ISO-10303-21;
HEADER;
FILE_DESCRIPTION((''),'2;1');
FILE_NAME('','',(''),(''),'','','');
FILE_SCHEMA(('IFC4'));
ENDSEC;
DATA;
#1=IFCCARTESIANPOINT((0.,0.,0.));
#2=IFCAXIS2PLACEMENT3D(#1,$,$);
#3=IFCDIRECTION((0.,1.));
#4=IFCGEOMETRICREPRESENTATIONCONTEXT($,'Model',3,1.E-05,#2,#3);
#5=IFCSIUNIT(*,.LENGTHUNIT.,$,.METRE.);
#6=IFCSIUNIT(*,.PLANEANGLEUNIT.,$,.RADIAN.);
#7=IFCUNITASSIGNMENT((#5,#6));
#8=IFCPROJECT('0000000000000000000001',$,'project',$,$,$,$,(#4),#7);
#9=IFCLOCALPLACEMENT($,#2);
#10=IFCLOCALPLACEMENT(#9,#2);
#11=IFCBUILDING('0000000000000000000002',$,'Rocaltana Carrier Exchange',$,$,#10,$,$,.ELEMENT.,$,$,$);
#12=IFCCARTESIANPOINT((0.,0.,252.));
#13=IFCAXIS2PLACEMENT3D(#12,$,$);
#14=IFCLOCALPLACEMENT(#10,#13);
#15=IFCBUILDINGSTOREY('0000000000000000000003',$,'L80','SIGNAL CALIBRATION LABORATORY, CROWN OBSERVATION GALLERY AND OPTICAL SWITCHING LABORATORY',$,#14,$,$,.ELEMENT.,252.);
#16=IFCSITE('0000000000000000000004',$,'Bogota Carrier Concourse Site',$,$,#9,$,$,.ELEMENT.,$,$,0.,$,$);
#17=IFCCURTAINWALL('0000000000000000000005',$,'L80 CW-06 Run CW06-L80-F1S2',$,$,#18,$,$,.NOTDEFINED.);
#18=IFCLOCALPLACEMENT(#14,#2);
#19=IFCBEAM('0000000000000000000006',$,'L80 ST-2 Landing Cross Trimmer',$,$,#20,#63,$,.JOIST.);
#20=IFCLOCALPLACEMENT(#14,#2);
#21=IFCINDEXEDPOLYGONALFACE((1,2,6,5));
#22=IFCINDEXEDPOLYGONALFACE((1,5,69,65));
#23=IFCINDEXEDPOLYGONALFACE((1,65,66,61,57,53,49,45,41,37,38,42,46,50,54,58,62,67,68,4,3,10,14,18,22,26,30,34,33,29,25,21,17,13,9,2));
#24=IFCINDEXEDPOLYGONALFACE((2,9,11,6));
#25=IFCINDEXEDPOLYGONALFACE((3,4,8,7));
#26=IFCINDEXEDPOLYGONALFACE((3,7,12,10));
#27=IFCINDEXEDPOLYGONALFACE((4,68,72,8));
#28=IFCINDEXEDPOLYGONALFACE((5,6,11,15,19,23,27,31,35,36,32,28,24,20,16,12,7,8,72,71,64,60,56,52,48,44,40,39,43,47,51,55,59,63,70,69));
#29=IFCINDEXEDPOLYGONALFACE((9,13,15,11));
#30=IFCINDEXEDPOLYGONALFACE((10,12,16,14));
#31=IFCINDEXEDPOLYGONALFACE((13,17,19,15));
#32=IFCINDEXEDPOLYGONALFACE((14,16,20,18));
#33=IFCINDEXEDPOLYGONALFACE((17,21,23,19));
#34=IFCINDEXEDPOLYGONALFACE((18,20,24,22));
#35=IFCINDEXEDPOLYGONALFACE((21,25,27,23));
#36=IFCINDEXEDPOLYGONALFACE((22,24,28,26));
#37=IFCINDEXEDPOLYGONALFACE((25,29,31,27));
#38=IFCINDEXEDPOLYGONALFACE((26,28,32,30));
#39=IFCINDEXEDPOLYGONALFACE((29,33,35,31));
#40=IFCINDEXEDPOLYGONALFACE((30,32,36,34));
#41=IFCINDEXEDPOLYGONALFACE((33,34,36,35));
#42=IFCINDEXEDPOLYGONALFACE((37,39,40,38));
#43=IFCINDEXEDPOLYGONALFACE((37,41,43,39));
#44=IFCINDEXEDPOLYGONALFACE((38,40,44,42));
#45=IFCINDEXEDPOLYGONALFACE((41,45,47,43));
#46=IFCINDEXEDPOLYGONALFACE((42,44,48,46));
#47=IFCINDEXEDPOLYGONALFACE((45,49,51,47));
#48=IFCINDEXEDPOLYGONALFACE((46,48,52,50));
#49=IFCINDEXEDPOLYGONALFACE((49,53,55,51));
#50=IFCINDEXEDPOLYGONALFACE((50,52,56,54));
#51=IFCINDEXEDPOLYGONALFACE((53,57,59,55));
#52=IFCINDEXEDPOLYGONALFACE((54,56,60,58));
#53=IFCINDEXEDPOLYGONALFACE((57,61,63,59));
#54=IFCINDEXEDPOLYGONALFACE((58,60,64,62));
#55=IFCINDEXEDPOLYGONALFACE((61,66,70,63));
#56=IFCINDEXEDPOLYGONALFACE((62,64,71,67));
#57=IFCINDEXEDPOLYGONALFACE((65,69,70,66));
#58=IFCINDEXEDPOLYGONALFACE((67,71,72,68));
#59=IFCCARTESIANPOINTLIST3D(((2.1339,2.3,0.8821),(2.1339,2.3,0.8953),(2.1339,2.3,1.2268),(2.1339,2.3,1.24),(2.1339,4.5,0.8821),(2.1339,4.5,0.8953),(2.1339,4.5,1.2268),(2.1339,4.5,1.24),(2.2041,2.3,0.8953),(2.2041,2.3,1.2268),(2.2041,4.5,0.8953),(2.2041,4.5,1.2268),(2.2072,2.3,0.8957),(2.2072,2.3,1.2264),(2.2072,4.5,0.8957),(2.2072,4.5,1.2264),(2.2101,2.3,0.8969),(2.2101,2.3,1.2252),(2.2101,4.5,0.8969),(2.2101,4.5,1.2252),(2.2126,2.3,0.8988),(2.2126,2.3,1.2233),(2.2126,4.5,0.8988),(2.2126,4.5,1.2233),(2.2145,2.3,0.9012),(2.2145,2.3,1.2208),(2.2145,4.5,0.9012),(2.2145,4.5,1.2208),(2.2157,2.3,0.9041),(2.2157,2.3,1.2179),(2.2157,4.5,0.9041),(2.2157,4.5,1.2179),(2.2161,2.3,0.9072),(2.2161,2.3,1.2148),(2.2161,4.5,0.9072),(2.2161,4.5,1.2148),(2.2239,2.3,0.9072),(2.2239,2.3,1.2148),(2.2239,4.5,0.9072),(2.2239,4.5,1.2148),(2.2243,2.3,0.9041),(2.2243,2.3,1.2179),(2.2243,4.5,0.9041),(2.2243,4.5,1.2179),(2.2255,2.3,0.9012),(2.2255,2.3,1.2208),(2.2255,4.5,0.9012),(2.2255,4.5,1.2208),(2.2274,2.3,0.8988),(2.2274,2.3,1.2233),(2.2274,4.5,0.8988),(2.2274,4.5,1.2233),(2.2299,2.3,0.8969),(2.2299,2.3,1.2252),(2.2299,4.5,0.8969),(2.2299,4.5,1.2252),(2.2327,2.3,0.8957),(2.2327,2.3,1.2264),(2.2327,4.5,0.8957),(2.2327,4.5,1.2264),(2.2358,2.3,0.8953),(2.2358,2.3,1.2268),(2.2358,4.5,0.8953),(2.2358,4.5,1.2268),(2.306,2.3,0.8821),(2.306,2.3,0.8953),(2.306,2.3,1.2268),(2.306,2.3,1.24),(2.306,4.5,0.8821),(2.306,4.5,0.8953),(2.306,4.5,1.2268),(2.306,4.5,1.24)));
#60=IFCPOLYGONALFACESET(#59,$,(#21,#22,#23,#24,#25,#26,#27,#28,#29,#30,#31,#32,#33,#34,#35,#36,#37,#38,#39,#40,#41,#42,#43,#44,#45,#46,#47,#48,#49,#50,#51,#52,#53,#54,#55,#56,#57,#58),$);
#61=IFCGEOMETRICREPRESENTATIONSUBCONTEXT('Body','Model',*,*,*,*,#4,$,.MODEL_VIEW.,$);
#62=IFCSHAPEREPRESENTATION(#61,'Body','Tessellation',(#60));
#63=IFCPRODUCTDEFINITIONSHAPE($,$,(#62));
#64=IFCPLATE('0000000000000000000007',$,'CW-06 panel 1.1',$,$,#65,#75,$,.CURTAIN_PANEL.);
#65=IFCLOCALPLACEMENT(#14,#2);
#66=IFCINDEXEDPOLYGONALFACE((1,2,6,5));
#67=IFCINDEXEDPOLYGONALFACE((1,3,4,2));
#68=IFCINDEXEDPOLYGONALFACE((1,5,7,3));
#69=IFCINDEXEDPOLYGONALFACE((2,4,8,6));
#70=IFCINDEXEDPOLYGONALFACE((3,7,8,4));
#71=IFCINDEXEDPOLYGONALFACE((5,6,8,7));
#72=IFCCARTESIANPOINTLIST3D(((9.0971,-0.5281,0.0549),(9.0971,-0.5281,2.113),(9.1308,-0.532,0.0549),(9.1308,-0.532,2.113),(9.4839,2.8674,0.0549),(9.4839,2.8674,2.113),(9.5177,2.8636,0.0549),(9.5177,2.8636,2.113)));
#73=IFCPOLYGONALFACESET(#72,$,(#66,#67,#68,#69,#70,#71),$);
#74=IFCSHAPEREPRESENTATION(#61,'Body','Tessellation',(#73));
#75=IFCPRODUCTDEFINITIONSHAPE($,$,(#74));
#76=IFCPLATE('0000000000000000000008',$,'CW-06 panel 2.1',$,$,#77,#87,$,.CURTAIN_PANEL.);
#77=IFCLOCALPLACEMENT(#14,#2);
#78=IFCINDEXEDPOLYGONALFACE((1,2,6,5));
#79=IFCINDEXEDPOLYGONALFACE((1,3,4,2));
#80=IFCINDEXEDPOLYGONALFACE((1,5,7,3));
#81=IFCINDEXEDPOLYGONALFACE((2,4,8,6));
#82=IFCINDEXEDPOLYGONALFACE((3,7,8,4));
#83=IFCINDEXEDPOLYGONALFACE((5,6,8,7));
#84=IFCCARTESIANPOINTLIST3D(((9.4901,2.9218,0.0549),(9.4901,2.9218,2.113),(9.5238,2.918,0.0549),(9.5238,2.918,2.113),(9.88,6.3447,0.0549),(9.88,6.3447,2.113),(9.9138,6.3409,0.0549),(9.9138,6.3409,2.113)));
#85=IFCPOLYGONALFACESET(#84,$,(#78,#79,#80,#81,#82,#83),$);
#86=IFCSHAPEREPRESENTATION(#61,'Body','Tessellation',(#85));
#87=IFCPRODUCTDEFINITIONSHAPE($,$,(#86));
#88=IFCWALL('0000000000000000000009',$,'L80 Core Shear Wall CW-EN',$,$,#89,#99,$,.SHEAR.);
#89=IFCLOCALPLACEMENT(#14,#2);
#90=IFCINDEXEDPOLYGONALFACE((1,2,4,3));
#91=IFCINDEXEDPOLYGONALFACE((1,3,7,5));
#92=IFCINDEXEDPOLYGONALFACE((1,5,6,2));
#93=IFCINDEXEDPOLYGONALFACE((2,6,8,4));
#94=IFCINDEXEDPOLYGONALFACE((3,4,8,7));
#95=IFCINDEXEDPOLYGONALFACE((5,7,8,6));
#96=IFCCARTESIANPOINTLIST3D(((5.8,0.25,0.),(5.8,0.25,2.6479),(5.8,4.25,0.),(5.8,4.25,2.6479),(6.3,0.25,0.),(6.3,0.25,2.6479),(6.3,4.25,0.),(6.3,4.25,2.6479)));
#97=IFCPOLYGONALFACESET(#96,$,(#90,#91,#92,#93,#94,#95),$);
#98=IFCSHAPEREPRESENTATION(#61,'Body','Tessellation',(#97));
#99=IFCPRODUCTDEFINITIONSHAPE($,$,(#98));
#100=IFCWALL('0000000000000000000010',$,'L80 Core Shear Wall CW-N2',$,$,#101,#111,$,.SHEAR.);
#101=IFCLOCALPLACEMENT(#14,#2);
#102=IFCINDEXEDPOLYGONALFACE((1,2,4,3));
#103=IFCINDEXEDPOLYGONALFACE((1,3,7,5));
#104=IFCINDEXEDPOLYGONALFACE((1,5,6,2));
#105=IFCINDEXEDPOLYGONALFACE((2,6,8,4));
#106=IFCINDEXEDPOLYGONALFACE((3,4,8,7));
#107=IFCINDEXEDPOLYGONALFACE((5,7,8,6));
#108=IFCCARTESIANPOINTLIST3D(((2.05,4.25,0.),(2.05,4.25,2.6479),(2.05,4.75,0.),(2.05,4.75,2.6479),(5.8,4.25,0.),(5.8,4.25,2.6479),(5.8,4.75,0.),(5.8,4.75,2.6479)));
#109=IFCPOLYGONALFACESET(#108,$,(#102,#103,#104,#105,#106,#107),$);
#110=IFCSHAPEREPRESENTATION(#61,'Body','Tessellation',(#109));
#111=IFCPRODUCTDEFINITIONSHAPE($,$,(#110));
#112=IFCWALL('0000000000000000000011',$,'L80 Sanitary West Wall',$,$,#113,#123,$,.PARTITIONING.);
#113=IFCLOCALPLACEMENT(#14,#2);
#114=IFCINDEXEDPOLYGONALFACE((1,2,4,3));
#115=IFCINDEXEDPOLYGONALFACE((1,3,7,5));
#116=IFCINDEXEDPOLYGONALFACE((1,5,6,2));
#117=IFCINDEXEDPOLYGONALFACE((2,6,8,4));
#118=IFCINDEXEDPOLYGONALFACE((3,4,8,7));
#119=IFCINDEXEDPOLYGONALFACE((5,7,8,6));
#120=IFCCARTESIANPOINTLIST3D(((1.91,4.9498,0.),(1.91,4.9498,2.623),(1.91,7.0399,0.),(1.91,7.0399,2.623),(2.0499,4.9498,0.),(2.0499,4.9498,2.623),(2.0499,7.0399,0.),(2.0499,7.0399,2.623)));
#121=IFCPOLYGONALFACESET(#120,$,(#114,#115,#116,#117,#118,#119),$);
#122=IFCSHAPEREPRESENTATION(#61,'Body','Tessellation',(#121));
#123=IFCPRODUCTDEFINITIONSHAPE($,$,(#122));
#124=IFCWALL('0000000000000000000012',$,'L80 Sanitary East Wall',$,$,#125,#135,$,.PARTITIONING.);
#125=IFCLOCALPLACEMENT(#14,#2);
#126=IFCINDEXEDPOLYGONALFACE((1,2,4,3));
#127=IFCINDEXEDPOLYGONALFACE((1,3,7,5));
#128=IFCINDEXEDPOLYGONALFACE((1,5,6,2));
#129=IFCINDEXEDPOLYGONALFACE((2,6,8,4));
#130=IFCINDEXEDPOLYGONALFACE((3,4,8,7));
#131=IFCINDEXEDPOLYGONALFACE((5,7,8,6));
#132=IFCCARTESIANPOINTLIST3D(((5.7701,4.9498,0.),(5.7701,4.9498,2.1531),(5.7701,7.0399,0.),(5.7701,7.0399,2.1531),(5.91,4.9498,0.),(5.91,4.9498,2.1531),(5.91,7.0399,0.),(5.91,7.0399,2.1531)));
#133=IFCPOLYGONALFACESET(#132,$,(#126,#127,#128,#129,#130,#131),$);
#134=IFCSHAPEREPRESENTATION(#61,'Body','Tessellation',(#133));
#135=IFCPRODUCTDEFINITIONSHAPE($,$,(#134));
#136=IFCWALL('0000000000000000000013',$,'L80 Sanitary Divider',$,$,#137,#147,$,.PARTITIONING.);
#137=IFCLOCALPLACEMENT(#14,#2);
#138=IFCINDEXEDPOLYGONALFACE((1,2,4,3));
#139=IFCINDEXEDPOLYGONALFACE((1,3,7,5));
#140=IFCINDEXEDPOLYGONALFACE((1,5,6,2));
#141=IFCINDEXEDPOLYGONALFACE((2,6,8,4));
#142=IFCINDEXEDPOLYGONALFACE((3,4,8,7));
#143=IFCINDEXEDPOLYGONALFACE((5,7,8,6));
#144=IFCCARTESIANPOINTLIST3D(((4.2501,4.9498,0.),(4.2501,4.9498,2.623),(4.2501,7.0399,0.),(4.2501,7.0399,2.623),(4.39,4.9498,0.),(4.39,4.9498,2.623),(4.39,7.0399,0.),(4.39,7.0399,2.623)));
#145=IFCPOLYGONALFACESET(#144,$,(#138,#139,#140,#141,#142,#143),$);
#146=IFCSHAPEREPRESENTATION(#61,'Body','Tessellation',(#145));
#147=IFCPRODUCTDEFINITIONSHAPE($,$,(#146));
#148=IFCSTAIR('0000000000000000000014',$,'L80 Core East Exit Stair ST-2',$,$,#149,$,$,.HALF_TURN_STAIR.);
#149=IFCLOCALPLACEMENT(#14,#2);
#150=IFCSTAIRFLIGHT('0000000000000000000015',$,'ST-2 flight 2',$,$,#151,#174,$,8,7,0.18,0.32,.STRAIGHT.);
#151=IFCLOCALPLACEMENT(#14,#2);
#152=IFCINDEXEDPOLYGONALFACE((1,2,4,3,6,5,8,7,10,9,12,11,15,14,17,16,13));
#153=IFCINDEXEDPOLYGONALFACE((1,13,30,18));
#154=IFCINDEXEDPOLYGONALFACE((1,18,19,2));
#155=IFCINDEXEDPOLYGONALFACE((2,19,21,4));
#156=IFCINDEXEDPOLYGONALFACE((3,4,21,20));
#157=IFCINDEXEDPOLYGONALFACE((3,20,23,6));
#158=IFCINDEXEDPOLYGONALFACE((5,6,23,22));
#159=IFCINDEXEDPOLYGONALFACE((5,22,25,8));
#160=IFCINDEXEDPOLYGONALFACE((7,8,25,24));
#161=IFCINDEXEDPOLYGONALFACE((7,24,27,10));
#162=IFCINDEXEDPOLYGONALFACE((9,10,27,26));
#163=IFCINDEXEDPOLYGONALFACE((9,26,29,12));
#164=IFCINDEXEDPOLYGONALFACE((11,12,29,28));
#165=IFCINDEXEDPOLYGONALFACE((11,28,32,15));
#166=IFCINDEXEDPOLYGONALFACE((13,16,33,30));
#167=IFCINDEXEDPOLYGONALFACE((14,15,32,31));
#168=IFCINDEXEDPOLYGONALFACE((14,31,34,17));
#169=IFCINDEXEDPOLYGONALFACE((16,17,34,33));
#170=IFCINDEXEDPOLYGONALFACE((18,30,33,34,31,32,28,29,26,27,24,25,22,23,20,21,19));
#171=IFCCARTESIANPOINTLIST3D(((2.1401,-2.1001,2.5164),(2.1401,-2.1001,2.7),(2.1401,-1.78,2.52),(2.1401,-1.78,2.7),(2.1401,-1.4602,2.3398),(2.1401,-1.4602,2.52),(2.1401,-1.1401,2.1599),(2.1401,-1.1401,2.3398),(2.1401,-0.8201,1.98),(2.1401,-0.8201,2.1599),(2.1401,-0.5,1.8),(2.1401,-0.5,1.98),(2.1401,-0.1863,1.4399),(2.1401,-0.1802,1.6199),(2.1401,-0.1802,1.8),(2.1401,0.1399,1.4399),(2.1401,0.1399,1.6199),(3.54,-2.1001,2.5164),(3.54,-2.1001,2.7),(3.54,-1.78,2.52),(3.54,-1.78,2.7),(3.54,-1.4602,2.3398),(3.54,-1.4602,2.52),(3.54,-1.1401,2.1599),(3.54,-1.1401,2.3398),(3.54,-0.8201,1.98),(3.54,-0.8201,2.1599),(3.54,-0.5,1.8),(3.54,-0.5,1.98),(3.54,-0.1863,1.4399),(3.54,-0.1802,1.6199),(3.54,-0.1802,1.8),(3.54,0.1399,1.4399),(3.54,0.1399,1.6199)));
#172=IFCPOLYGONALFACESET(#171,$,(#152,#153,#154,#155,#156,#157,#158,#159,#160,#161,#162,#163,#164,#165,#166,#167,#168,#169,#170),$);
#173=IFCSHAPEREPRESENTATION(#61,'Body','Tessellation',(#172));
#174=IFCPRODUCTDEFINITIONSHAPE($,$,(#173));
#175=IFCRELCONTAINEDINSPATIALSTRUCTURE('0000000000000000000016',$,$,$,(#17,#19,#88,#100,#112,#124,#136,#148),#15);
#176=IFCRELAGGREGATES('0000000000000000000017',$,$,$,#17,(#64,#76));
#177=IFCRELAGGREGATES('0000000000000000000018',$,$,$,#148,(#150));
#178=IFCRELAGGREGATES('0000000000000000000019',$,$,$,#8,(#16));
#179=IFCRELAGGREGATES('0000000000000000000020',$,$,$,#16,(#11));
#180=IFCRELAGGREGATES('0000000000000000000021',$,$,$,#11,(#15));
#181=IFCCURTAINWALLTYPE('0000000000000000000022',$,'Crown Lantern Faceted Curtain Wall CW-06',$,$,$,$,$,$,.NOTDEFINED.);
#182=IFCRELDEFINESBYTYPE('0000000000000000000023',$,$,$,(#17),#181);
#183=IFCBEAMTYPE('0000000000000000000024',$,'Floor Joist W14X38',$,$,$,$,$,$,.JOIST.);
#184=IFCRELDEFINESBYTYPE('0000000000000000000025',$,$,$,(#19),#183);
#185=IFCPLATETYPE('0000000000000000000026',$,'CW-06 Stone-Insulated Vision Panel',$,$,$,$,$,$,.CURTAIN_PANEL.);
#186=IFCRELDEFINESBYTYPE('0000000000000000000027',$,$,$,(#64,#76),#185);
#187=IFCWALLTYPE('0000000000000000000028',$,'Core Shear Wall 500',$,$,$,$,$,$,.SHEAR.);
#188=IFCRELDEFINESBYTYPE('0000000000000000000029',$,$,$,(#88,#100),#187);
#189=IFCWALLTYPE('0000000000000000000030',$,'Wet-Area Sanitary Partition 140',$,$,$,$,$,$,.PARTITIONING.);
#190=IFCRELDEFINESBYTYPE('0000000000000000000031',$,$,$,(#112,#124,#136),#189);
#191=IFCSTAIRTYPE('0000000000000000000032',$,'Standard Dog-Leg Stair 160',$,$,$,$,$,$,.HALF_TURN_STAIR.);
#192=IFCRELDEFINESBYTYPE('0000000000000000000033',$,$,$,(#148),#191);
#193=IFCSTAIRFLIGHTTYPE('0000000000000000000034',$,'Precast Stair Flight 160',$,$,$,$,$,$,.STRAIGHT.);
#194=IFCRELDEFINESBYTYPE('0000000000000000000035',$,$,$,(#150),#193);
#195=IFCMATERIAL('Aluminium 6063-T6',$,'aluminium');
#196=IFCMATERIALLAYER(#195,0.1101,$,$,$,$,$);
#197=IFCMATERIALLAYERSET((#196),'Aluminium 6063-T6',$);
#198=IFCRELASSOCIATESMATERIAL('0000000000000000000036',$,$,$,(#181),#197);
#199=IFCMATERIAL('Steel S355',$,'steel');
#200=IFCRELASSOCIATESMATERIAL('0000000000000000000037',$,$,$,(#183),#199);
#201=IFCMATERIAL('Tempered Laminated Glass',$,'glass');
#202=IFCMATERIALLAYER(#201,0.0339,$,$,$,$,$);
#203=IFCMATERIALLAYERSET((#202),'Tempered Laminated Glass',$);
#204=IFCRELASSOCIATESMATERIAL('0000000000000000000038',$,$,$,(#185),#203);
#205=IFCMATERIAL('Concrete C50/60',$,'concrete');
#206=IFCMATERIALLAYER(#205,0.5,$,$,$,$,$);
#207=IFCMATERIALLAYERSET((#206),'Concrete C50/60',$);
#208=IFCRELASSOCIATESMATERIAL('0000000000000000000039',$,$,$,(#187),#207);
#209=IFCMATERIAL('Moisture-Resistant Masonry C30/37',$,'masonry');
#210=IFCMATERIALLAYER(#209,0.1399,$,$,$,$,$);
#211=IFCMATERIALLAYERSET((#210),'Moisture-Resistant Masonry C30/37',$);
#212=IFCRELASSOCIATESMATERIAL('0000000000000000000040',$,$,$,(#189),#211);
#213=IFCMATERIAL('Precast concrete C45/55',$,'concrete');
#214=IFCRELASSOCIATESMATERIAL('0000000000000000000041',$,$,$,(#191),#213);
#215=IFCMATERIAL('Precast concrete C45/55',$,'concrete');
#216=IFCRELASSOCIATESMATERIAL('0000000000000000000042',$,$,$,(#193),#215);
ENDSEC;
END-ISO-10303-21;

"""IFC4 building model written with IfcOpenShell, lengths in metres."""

from ifc_helpers import new_model, si_unit, direction, frame, frame_2d, origin, origin_2d, place, context, subcontext, project, spatial, polyline, rectangle, i_section, outline, extrude, material, layer, layer_set, material_profile, profile_set, type_object, element, aggregate, save


model = new_model("IFC4")

# Units and contexts
model_context = context("Model", 3, precision=1e-05, world=origin(), true_north=direction((0.0, 1.0)))
body_context = subcontext(model_context, "Body", "Model", "MODEL_VIEW")
ifc_project = project(units=[si_unit("LENGTHUNIT", "METRE"), si_unit("PLANEANGLEUNIT", "RADIAN")], contexts=[model_context])

# Site, building, storey
site_placement = place(None, origin())
site = spatial("IfcSite", under=ifc_project, at=site_placement, Name="Bogota Carrier Concourse Site", CompositionType="ELEMENT", RefElevation=0.0)
building_placement = place(site_placement, origin())
building = spatial("IfcBuilding", under=site, at=building_placement, Name="Rocaltana Carrier Exchange", CompositionType="ELEMENT")
storey_placement = place(building_placement, frame((0.0, 0.0, 252.0)))
storey = spatial("IfcBuildingStorey", under=building, at=storey_placement, Name="L80", Description="SIGNAL CALIBRATION LABORATORY, CROWN OBSERVATION GALLERY AND OPTICAL SWITCHING LABORATORY", CompositionType="ELEMENT", Elevation=252.0)

# Curtain wall
ifc_material_1 = material(Name="Aluminium 6063-T6", Category="aluminium")
ifc_layer_1 = layer(ifc_material_1, 0.1101)
ifc_layer_set_1 = layer_set([ifc_layer_1], Name="Aluminium 6063-T6")
curtain_wall_type = type_object("IfcCurtainWallType", Name="Crown Lantern Faceted Curtain Wall CW-06", PredefinedType="NOTDEFINED", material=ifc_layer_set_1)
curtain_wall_placement = place(storey_placement, origin())
curtain_wall = element("IfcCurtainWall", 1, at=curtain_wall_placement, inside=storey, type_object=curtain_wall_type, Name="L80 CW-06 Run CW06-L80-F1S2", PredefinedType="NOTDEFINED")

# Beam
ifc_material_2 = material(Name="Steel S355", Category="steel")
ifc_material_profile_1 = material_profile(ifc_material_2, i_section(OverallWidth=0.1721, OverallDepth=0.3579, WebThickness=0.0078, FlangeThickness=0.0132, FilletRadius=0.012, at=origin_2d()), Name="W14X38")
ifc_profile_set_1 = profile_set([ifc_material_profile_1], Name="Steel S355")
beam_type_1 = type_object("IfcBeamType", Name="Floor Joist W14X38", PredefinedType="JOIST", material=ifc_profile_set_1)
beam_1_placement = place(storey_placement, frame((2.22, 2.3, 1.061), z_axis=(0.0, 1.0, 0.0), x_axis=(-1.0, 0.0, 0.0)))
element("IfcBeam", 2, at=beam_1_placement, inside=storey, type_object=beam_type_1, Name="L80 ST-2 Landing Cross Trimmer", PredefinedType="JOIST", context=body_context, shape_type="SweptSolid", body=[
    extrude(i_section(OverallWidth=0.1721, OverallDepth=0.3579, WebThickness=0.0078, FlangeThickness=0.0132, FilletRadius=0.012, at=origin_2d()), origin(), (0.0, 0.0, 1.0), 2.2),
])

# Plates
ifc_material_3 = material(Name="Tempered Laminated Glass", Category="glass")
ifc_layer_2 = layer(ifc_material_3, 0.0339)
ifc_layer_set_2 = layer_set([ifc_layer_2], Name="Tempered Laminated Glass")
plate_type = type_object("IfcPlateType", Name="CW-06 Stone-Insulated Vision Panel", PredefinedType="CURTAIN_PANEL", material=ifc_layer_set_2)
plate_1_placement = place(storey_placement, frame((9.3074, 1.1677, 0.0549), z_axis=(0.0, 0.0, 1.0), x_axis=(0.1132, 0.993572, 0.0)))
plate_1 = element("IfcPlate", 3, at=plate_1_placement, type_object=plate_type, Name="CW-06 panel 1.1", PredefinedType="CURTAIN_PANEL", context=body_context, shape_type="SweptSolid", body=[
    extrude(rectangle(XDim=3.4175, YDim=0.0339, at=origin_2d()), origin(), (0.0, 0.0, 1.0), 2.0581),
])
plate_2_placement = place(storey_placement, frame((9.7019, 4.6313, 0.0549), z_axis=(0.0, 0.0, 1.0), x_axis=(0.1132, 0.993572, 0.0)))
plate_2 = element("IfcPlate", 4, at=plate_2_placement, type_object=plate_type, Name="CW-06 panel 2.1", PredefinedType="CURTAIN_PANEL", context=body_context, shape_type="SweptSolid", body=[
    extrude(rectangle(XDim=3.4451, YDim=0.0339, at=origin_2d()), origin(), (0.0, 0.0, 1.0), 2.0581),
])
aggregate(curtain_wall, [plate_1, plate_2])

# Walls
ifc_material_4 = material(Name="Concrete C50/60", Category="concrete")
ifc_layer_3 = layer(ifc_material_4, 0.5)
ifc_layer_set_3 = layer_set([ifc_layer_3], Name="Concrete C50/60")
wall_type_1 = type_object("IfcWallType", Name="Core Shear Wall 500", PredefinedType="SHEAR", material=ifc_layer_set_3)
wall_1_placement = place(storey_placement, frame((6.05, 0.25, 0.0), z_axis=(0.0, 0.0, 1.0), x_axis=(0.0, 1.0, 0.0)))
element("IfcWall", 5, at=wall_1_placement, inside=storey, type_object=wall_type_1, Name="L80 Core Shear Wall CW-EN", PredefinedType="SHEAR", context=body_context, shape_type="SweptSolid", body=[
    extrude(rectangle(XDim=4.0, YDim=0.5, at=frame_2d((2.0, 0.0))), origin(), (0.0, 0.0, 1.0), 2.6479),
])
wall_2_placement = place(storey_placement, frame((2.05, 4.5, 0.0), z_axis=(0.0, 0.0, 1.0), x_axis=(1.0, 0.0, 0.0)))
element("IfcWall", 6, at=wall_2_placement, inside=storey, type_object=wall_type_1, Name="L80 Core Shear Wall CW-N2", PredefinedType="SHEAR", context=body_context, shape_type="SweptSolid", body=[
    extrude(rectangle(XDim=3.75, YDim=0.5, at=frame_2d((1.875, 0.0))), origin(), (0.0, 0.0, 1.0), 2.6479),
])
ifc_material_5 = material(Name="Moisture-Resistant Masonry C30/37", Category="masonry")
ifc_layer_4 = layer(ifc_material_5, 0.1399)
ifc_layer_set_4 = layer_set([ifc_layer_4], Name="Moisture-Resistant Masonry C30/37")
wall_type_2 = type_object("IfcWallType", Name="Wet-Area Sanitary Partition 140", PredefinedType="PARTITIONING", material=ifc_layer_set_4)
wall_3_placement = place(storey_placement, frame((1.98, 4.95, 0.0), z_axis=(0.0, 0.0, 1.0), x_axis=(0.0, 1.0, 0.0)))
element("IfcWall", 7, at=wall_3_placement, inside=storey, type_object=wall_type_2, Name="L80 Sanitary West Wall", PredefinedType="PARTITIONING", context=body_context, shape_type="SweptSolid", body=[
    extrude(rectangle(XDim=2.0901, YDim=0.1399, at=frame_2d((1.0449, 0.0))), origin(), (0.0, 0.0, 1.0), 2.623),
])
wall_4_placement = place(storey_placement, frame((5.8401, 4.95, 0.0), z_axis=(0.0, 0.0, 1.0), x_axis=(0.0, 1.0, 0.0)))
element("IfcWall", 8, at=wall_4_placement, inside=storey, type_object=wall_type_2, Name="L80 Sanitary East Wall", PredefinedType="PARTITIONING", context=body_context, shape_type="SweptSolid", body=[
    extrude(rectangle(XDim=2.0901, YDim=0.1399, at=frame_2d((1.0449, 0.0))), origin(), (0.0, 0.0, 1.0), 2.1531),
])
wall_5_placement = place(storey_placement, frame((4.3201, 4.95, 0.0), z_axis=(0.0, 0.0, 1.0), x_axis=(0.0, 1.0, 0.0)))
element("IfcWall", 9, at=wall_5_placement, inside=storey, type_object=wall_type_2, Name="L80 Sanitary Divider", PredefinedType="PARTITIONING", context=body_context, shape_type="SweptSolid", body=[
    extrude(rectangle(XDim=2.0901, YDim=0.1399, at=frame_2d((1.0449, 0.0))), origin(), (0.0, 0.0, 1.0), 2.623),
])

# Stair, stair flight
ifc_material_6 = material(Name="Precast concrete C45/55", Category="concrete")
stair_type = type_object("IfcStairType", Name="Standard Dog-Leg Stair 160", PredefinedType="HALF_TURN_STAIR", material=ifc_material_6)
stair_placement = place(storey_placement, origin())
stair = element("IfcStair", 10, at=stair_placement, inside=storey, type_object=stair_type, Name="L80 Core East Exit Stair ST-2", PredefinedType="HALF_TURN_STAIR")
ifc_material_7 = material(Name="Precast concrete C45/55", Category="concrete")
stair_flight_type = type_object("IfcStairFlightType", Name="Precast Stair Flight 160", PredefinedType="STRAIGHT", material=ifc_material_7)
stair_flight_placement = place(storey_placement, frame((2.8401, 0.1399, 1.4399), z_axis=(0.0, 0.0, 1.0), x_axis=(0.0, -1.0, 0.0)))
stair_flight = element("IfcStairFlight", 11, at=stair_flight_placement, type_object=stair_flight_type, Name="ST-2 flight 2", NumberOfRisers=8, NumberOfTreads=7, PredefinedType="STRAIGHT", RiserHeight=0.18, TreadLength=0.32, context=body_context, shape_type="SweptSolid", body=[
    extrude(outline(polyline([(0.0, 0.0), (0.0, 0.1799), (0.3201, 0.1799), (0.3201, 0.3601), (0.6399, 0.3601), (0.6399, 0.54), (0.96, 0.54), (0.96, 0.72), (1.28, 0.72), (1.28, 0.8999), (1.6001, 0.8999), (1.6001, 1.0801), (1.9199, 1.0801), (1.9199, 1.26), (2.24, 1.26), (2.24, 1.4399), (2.24, 1.0764), (0.3262, 0.0), (0.0, 0.0)])), frame((0.0, 0.7, 0.0), z_axis=(0.0, -1.0, 0.0), x_axis=(1.0, 0.0, 0.0)), (0.0, 0.0, 1.0), 1.3999),
])
aggregate(stair, [stair_flight])

save(model, "model.ifc")
